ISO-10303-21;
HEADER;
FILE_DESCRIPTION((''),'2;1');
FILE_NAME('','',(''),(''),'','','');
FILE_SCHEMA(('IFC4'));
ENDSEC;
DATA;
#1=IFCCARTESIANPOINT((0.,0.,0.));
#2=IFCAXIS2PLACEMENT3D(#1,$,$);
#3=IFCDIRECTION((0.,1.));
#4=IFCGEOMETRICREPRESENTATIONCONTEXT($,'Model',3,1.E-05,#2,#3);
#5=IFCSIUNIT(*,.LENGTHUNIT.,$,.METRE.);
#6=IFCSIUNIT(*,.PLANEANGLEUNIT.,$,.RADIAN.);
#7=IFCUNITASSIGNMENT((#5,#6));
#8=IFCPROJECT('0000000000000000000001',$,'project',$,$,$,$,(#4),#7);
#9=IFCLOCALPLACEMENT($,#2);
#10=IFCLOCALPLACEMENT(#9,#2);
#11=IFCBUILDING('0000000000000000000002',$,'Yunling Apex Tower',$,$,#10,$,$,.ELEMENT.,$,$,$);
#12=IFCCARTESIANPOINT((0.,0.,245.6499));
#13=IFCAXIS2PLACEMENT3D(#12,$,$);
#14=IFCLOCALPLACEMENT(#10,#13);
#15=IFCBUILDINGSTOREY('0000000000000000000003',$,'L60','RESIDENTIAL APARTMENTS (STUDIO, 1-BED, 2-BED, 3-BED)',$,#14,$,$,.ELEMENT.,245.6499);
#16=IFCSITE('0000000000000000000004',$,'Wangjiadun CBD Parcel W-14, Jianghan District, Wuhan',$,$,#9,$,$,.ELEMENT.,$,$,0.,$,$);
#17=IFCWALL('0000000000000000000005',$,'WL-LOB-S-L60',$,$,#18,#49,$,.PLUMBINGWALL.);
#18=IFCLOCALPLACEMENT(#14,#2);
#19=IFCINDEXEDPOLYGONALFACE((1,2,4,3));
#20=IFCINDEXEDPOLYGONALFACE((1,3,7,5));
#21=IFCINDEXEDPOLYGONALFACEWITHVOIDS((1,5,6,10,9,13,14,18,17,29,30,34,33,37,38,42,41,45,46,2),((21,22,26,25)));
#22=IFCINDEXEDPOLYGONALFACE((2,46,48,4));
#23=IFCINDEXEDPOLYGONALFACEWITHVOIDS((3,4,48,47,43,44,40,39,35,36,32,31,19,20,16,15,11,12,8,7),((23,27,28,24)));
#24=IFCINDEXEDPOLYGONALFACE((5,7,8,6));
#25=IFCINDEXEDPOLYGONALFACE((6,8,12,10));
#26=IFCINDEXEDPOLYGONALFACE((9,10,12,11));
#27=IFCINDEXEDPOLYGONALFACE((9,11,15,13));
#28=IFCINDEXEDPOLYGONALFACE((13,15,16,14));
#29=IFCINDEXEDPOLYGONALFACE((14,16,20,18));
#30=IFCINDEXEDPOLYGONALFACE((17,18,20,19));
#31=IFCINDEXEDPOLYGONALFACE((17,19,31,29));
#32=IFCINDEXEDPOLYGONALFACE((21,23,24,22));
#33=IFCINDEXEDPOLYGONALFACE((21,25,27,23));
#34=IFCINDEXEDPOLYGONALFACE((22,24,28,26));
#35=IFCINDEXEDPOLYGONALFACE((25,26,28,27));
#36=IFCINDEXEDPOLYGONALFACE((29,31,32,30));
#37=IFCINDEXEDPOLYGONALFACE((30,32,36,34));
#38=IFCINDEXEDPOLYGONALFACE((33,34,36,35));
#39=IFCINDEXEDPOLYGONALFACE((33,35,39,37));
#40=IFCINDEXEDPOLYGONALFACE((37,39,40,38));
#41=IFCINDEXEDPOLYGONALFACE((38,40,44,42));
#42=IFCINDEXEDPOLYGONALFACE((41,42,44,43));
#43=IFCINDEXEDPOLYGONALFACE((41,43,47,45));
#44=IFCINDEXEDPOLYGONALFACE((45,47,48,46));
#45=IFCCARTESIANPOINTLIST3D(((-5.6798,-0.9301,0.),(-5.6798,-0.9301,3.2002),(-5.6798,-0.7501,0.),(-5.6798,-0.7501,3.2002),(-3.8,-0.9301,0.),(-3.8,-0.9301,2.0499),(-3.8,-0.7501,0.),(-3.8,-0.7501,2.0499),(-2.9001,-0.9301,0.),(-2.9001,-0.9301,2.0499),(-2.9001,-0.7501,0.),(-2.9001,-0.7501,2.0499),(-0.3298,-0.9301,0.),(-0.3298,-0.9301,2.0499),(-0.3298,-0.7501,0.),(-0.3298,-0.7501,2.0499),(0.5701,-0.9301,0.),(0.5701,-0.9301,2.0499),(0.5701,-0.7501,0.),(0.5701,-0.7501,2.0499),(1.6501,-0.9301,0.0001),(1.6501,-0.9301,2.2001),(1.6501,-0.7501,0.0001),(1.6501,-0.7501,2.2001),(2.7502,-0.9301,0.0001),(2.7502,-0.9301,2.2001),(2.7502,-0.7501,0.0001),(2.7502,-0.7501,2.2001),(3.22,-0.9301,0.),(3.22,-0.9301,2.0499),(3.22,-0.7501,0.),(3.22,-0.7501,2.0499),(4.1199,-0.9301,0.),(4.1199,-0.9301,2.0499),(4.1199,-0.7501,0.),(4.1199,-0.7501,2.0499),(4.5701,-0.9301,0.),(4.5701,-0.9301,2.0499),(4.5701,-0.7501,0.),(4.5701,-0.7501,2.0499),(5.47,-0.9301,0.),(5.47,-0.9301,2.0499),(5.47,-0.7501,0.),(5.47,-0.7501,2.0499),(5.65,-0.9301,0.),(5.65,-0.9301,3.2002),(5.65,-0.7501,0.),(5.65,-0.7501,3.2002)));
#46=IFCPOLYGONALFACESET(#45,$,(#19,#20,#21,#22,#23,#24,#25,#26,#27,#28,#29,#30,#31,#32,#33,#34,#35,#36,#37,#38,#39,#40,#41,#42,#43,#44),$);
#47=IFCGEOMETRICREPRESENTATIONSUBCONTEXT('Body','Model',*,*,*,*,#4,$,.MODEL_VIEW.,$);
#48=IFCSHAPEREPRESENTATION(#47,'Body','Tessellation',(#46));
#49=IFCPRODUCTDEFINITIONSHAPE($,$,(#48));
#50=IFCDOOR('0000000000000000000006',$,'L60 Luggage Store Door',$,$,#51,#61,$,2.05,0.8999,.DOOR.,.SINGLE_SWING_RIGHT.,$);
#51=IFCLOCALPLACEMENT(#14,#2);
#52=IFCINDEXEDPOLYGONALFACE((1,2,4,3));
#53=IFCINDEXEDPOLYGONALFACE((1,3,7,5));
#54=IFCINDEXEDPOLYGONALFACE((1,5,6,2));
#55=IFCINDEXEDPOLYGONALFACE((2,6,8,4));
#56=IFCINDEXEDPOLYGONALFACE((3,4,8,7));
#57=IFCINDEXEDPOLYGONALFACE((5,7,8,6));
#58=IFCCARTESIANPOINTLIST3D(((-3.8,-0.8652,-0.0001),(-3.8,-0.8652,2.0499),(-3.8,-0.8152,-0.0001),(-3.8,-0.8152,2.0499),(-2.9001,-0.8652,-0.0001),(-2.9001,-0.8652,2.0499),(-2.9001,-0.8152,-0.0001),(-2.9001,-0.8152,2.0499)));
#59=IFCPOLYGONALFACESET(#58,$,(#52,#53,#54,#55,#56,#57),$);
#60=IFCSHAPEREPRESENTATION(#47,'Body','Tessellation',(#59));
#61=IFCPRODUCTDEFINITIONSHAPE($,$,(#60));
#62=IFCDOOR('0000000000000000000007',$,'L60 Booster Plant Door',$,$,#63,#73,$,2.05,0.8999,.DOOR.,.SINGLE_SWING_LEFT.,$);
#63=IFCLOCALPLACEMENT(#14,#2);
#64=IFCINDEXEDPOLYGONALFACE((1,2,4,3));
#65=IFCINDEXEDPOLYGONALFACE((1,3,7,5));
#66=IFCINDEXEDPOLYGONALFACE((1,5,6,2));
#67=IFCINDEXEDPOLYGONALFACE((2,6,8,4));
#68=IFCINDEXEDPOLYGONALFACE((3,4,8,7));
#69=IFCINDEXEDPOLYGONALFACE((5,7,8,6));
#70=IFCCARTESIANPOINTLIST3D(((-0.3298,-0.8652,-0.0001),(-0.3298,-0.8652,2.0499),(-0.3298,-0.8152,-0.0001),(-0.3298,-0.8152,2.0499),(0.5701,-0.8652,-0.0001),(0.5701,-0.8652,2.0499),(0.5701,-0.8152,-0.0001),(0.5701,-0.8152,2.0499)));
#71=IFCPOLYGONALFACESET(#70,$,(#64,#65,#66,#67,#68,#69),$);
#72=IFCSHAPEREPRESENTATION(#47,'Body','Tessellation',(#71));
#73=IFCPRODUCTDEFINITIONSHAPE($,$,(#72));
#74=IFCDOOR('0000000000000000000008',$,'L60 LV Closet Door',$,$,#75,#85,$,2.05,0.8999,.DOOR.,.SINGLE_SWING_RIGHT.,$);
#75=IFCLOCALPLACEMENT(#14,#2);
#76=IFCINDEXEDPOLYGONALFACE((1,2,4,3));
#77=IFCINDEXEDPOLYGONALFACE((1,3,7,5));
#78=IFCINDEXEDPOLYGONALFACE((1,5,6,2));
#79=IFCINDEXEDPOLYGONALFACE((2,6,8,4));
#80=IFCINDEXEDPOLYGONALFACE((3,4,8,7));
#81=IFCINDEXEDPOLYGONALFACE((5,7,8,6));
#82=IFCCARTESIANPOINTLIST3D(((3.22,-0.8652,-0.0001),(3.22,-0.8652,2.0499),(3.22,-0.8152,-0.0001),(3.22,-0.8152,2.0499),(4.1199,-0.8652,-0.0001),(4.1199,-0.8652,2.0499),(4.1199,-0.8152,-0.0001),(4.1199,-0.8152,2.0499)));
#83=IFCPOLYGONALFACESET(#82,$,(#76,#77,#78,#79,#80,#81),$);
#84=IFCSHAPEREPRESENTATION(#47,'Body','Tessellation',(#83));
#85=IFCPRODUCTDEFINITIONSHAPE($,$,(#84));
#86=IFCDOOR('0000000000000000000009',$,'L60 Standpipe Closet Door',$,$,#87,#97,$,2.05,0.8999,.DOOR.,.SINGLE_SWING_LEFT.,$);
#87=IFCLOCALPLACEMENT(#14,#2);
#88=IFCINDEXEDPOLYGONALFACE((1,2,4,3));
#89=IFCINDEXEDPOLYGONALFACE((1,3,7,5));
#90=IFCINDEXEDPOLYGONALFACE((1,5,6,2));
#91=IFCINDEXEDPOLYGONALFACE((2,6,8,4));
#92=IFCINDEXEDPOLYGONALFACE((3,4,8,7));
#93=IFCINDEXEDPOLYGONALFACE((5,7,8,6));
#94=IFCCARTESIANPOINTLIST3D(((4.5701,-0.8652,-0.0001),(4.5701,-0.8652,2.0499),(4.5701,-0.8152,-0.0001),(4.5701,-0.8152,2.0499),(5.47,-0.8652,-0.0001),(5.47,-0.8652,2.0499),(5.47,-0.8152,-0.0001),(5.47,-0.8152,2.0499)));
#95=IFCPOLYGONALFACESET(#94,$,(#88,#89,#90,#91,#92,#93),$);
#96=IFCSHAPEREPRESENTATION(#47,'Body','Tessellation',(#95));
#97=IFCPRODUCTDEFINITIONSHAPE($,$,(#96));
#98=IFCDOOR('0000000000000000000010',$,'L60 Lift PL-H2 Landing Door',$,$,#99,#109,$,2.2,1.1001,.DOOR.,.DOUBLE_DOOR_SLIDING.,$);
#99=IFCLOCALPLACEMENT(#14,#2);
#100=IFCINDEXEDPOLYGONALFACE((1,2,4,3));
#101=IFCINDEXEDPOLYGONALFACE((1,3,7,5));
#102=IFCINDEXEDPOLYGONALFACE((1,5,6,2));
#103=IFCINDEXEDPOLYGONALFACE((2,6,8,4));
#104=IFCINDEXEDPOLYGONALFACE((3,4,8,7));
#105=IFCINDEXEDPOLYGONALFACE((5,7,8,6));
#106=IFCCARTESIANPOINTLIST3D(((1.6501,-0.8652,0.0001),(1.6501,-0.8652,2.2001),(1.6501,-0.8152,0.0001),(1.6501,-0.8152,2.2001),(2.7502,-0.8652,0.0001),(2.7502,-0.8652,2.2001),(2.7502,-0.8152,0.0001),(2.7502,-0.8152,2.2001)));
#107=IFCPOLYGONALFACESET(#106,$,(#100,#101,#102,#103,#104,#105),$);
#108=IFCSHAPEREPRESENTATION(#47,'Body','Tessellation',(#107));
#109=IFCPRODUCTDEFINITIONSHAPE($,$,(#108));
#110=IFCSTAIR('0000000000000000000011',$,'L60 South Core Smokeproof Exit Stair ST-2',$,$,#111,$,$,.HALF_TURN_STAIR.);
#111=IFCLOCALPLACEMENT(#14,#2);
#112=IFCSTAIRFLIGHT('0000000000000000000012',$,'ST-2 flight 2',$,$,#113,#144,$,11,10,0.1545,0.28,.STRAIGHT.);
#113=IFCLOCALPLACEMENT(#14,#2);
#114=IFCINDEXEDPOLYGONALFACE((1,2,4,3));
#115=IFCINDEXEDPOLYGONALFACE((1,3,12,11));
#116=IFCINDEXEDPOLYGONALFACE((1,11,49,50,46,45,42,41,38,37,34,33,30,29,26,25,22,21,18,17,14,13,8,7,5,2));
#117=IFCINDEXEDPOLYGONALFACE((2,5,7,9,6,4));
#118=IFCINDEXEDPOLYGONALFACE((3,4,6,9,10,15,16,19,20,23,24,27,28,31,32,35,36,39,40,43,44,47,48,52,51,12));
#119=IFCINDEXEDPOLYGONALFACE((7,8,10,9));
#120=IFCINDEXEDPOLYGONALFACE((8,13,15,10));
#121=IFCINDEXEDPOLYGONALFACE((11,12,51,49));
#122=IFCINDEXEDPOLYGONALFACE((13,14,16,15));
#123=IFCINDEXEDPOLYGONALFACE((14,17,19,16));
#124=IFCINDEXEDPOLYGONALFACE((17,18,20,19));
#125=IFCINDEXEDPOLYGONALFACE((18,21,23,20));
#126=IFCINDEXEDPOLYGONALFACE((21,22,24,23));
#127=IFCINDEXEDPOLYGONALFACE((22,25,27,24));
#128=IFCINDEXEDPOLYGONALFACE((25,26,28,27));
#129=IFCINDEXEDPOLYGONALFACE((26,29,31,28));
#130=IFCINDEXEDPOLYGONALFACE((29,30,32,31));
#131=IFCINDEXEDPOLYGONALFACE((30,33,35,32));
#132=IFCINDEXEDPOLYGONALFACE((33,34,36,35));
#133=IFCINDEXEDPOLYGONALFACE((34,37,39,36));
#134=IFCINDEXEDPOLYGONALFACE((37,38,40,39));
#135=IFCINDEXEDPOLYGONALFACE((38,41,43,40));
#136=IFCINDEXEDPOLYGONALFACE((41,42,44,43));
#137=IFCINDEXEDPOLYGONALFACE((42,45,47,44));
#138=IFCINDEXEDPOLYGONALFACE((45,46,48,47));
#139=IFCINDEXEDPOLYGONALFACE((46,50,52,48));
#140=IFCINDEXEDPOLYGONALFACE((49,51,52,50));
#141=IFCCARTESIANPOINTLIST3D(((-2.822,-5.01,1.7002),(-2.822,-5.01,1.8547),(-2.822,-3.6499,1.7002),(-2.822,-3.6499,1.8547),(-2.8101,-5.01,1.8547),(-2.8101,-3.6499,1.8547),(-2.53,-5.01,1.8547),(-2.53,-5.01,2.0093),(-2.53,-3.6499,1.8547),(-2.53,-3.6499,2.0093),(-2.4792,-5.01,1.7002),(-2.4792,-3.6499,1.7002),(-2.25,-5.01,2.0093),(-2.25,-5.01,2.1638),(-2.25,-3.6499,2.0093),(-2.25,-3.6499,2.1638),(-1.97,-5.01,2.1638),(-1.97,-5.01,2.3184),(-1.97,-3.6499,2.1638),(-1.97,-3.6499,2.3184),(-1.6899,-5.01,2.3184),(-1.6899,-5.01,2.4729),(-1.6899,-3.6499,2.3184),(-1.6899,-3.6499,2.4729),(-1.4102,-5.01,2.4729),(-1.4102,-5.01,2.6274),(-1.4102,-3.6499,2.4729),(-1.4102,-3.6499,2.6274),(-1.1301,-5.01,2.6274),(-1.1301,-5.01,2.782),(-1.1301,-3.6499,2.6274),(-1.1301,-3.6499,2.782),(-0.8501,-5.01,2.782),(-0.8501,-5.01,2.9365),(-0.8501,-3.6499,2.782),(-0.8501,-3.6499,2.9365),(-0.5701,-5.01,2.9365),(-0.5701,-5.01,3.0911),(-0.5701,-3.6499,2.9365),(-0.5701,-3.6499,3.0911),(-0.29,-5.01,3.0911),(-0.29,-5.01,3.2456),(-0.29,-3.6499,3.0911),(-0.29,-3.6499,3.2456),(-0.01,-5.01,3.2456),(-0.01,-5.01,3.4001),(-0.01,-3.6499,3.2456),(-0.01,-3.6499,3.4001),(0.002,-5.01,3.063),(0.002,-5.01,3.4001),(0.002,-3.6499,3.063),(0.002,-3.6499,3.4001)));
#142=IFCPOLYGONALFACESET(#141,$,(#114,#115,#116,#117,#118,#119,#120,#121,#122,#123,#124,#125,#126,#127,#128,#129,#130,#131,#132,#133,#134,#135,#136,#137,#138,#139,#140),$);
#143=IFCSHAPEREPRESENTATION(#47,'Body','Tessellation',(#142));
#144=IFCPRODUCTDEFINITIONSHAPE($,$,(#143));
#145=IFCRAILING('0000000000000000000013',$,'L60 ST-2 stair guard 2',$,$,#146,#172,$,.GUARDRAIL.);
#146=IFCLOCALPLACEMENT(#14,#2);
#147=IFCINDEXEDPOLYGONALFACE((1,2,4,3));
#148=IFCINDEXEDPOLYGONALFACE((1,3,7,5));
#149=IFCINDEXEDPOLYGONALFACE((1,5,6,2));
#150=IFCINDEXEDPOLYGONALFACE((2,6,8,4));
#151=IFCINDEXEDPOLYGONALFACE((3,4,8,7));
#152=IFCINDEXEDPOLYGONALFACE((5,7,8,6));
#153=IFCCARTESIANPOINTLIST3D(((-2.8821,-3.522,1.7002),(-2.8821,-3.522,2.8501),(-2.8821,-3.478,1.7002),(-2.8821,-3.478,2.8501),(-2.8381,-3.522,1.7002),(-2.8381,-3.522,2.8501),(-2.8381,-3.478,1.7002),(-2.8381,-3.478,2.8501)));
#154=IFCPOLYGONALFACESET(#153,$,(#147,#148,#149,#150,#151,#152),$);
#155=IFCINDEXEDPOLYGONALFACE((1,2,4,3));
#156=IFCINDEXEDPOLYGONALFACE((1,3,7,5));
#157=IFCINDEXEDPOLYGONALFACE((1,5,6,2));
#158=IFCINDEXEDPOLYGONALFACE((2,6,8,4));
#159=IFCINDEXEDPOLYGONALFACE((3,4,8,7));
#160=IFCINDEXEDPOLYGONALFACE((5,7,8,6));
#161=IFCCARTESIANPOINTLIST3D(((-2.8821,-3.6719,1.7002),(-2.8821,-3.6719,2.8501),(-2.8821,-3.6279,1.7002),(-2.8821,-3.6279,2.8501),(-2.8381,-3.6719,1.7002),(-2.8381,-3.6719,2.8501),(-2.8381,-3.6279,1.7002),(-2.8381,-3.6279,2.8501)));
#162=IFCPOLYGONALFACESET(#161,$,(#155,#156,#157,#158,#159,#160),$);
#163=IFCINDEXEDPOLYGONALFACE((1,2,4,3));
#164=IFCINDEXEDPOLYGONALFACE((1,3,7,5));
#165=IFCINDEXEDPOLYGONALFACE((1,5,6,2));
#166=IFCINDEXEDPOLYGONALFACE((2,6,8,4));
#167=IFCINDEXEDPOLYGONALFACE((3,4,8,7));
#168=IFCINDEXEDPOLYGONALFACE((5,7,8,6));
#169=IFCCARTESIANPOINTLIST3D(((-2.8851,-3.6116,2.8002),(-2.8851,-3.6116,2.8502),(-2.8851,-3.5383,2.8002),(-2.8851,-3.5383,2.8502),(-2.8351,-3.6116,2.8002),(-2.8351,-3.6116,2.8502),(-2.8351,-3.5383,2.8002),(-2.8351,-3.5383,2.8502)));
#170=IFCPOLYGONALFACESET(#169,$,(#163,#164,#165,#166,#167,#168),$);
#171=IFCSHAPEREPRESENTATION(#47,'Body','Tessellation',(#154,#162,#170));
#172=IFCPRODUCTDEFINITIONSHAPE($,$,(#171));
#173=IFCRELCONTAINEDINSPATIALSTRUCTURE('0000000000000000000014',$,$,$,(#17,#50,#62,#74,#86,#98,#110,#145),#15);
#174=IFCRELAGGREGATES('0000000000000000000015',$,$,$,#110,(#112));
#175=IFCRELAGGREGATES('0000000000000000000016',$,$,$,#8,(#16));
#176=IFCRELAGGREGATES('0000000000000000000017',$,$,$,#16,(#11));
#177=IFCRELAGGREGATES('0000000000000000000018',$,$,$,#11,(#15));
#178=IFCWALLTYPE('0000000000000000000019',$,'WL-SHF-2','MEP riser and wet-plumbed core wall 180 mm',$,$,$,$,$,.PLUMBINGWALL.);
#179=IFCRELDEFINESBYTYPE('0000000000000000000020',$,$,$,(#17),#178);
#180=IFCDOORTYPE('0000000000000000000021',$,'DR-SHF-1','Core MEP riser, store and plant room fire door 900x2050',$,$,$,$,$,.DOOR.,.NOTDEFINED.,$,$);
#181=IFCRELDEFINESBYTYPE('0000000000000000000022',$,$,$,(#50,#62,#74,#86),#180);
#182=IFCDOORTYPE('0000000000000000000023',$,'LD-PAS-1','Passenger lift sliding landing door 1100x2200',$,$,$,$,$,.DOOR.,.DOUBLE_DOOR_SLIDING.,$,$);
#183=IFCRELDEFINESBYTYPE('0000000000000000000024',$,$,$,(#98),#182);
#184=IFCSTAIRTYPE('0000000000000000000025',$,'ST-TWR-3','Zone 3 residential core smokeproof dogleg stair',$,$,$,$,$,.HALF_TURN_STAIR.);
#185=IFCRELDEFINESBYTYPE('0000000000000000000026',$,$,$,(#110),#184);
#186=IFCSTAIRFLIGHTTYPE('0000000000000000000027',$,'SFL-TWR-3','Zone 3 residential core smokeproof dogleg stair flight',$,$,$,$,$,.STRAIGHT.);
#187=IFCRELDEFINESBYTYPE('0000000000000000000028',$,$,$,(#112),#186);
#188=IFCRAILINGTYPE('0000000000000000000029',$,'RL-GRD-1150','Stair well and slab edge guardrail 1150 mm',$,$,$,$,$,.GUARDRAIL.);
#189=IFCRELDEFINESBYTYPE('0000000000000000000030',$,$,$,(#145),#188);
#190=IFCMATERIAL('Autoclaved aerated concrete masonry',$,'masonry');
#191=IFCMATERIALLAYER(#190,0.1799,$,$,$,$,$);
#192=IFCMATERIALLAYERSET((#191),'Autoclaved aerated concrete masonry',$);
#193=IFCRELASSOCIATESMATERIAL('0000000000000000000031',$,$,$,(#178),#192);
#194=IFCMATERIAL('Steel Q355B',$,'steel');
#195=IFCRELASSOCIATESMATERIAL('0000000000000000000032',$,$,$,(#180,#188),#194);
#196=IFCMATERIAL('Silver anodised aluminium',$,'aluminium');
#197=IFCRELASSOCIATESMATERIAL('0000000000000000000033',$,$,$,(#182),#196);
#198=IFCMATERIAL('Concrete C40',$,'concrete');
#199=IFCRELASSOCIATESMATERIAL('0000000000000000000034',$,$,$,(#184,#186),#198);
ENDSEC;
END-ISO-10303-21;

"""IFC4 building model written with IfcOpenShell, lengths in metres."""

from ifc_helpers import new_model, si_unit, direction, frame, frame_2d, origin, origin_2d, place, context, subcontext, project, spatial, polyline, rectangle, outline, extrude, material, layer, layer_set, type_object, element, fill, aggregate, save


model = new_model("IFC4")

# Units and contexts
model_context = context("Model", 3, precision=1e-05, world=origin(), true_north=direction((0.0, 1.0)))
body_context = subcontext(model_context, "Body", "Model", "MODEL_VIEW")
ifc_project = project(units=[si_unit("LENGTHUNIT", "METRE"), si_unit("PLANEANGLEUNIT", "RADIAN")], contexts=[model_context])

# Site, building, storey
site_placement = place(None, origin())
site = spatial("IfcSite", under=ifc_project, at=site_placement, Name="Wangjiadun CBD Parcel W-14, Jianghan District, Wuhan", CompositionType="ELEMENT", RefElevation=0.0)
building_placement = place(site_placement, origin())
building = spatial("IfcBuilding", under=site, at=building_placement, Name="Yunling Apex Tower", CompositionType="ELEMENT")
storey_placement = place(building_placement, frame((0.0, 0.0, 245.6499)))
storey = spatial("IfcBuildingStorey", under=building, at=storey_placement, Name="L60", Description="RESIDENTIAL APARTMENTS (STUDIO, 1-BED, 2-BED, 3-BED)", CompositionType="ELEMENT", Elevation=245.6499)

# Shared definitions
ifc_material_1 = material(Name="Steel Q355B", Category="steel")
ifc_material_2 = material(Name="Concrete C40", Category="concrete")

# Shared definitions
ifc_material_3 = material(Name="Autoclaved aerated concrete masonry", Category="masonry")

# Wall, openings, doors
ifc_layer_1 = layer(ifc_material_3, 0.1799)
ifc_layer_set_1 = layer_set([ifc_layer_1], Name="Autoclaved aerated concrete masonry")
wall_type_1 = type_object("IfcWallType", Name="WL-SHF-2", Description="MEP riser and wet-plumbed core wall 180 mm", PredefinedType="PLUMBINGWALL", material=ifc_layer_set_1)
door_type_1 = type_object("IfcDoorType", Name="DR-SHF-1", Description="Core MEP riser, store and plant room fire door 900x2050", OperationType="NOTDEFINED", PredefinedType="DOOR", material=ifc_material_1)
ifc_material_4 = material(Name="Silver anodised aluminium", Category="aluminium")
door_type_2 = type_object("IfcDoorType", Name="LD-PAS-1", Description="Passenger lift sliding landing door 1100x2200", OperationType="DOUBLE_DOOR_SLIDING", PredefinedType="DOOR", material=ifc_material_4)
wall_1_placement = place(storey_placement, frame((-5.6799, -0.8401, 0.0), z_axis=(0.0, 0.0, 1.0), x_axis=(1.0, 0.0, 0.0)))
wall_1 = element("IfcWall", 1, at=wall_1_placement, inside=storey, type_object=wall_type_1, Name="WL-LOB-S-L60", PredefinedType="PLUMBINGWALL", context=body_context, shape_type="SweptSolid", body=[
    extrude(rectangle(XDim=11.3298, YDim=0.1799, at=frame_2d((5.665, 0.0))), origin(), (0.0, 0.0, 1.0), 3.2002),
])
opening_1_placement = place(wall_1_placement, frame((1.8799, 0.0, 0.0)))
opening_1 = element("IfcOpeningElement", 2, at=opening_1_placement, cuts=wall_1, PredefinedType="OPENING", context=body_context, shape_type="SweptSolid", body=[
    extrude(rectangle(XDim=0.8999, YDim=2.05, at=frame_2d((0.45, 1.0249))), frame((0.0, 0.1001, 0.0), z_axis=(0.0, -1.0, 0.0), x_axis=(1.0, 0.0, 0.0)), (0.0, 0.0, 1.0), 0.2),
])
opening_2_placement = place(wall_1_placement, frame((5.3501, 0.0, 0.0)))
opening_2 = element("IfcOpeningElement", 3, at=opening_2_placement, cuts=wall_1, PredefinedType="OPENING", context=body_context, shape_type="SweptSolid", body=[
    extrude(rectangle(XDim=0.8999, YDim=2.05, at=frame_2d((0.45, 1.0249))), frame((0.0, 0.1001, 0.0), z_axis=(0.0, -1.0, 0.0), x_axis=(1.0, 0.0, 0.0)), (0.0, 0.0, 1.0), 0.2),
])
opening_3_placement = place(wall_1_placement, frame((7.3301, 0.0, 0.0)))
opening_3 = element("IfcOpeningElement", 4, at=opening_3_placement, cuts=wall_1, PredefinedType="OPENING", context=body_context, shape_type="SweptSolid", body=[
    extrude(rectangle(XDim=1.1001, YDim=2.2, at=frame_2d((0.55, 1.1001))), frame((0.0, 0.1001, 0.0), z_axis=(0.0, -1.0, 0.0), x_axis=(1.0, 0.0, 0.0)), (0.0, 0.0, 1.0), 0.2),
])
opening_4_placement = place(wall_1_placement, frame((8.8999, 0.0, 0.0)))
opening_4 = element("IfcOpeningElement", 5, at=opening_4_placement, cuts=wall_1, PredefinedType="OPENING", context=body_context, shape_type="SweptSolid", body=[
    extrude(rectangle(XDim=0.8999, YDim=2.05, at=frame_2d((0.45, 1.0249))), frame((0.0, 0.1001, 0.0), z_axis=(0.0, -1.0, 0.0), x_axis=(1.0, 0.0, 0.0)), (0.0, 0.0, 1.0), 0.2),
])
opening_5_placement = place(wall_1_placement, frame((10.25, 0.0, 0.0)))
opening_5 = element("IfcOpeningElement", 6, at=opening_5_placement, cuts=wall_1, PredefinedType="OPENING", context=body_context, shape_type="SweptSolid", body=[
    extrude(rectangle(XDim=0.8999, YDim=2.05, at=frame_2d((0.45, 1.0249))), frame((0.0, 0.1001, 0.0), z_axis=(0.0, -1.0, 0.0), x_axis=(1.0, 0.0, 0.0)), (0.0, 0.0, 1.0), 0.2),
])
door_1_placement = place(opening_1_placement, origin())
door_1 = element("IfcDoor", 7, at=door_1_placement, inside=storey, type_object=door_type_1, Name="L60 Luggage Store Door", OperationType="SINGLE_SWING_RIGHT", OverallHeight=2.05, OverallWidth=0.8999, PredefinedType="DOOR", context=body_context, shape_type="SweptSolid", body=[
    extrude(rectangle(XDim=0.8999, YDim=2.05, at=frame_2d((0.45, 1.0249))), frame((0.0, 0.0249, 0.0), z_axis=(0.0, -1.0, 0.0), x_axis=(1.0, 0.0, 0.0)), (0.0, 0.0, 1.0), 0.05),
])
fill(opening_1, door_1)
door_2_placement = place(opening_2_placement, origin())
door_2 = element("IfcDoor", 8, at=door_2_placement, inside=storey, type_object=door_type_1, Name="L60 Booster Plant Door", OperationType="SINGLE_SWING_LEFT", OverallHeight=2.05, OverallWidth=0.8999, PredefinedType="DOOR", context=body_context, shape_type="SweptSolid", body=[
    extrude(rectangle(XDim=0.8999, YDim=2.05, at=frame_2d((0.45, 1.0249))), frame((0.0, 0.0249, 0.0), z_axis=(0.0, -1.0, 0.0), x_axis=(1.0, 0.0, 0.0)), (0.0, 0.0, 1.0), 0.05),
])
fill(opening_2, door_2)
door_3_placement = place(opening_4_placement, origin())
door_3 = element("IfcDoor", 9, at=door_3_placement, inside=storey, type_object=door_type_1, Name="L60 LV Closet Door", OperationType="SINGLE_SWING_RIGHT", OverallHeight=2.05, OverallWidth=0.8999, PredefinedType="DOOR", context=body_context, shape_type="SweptSolid", body=[
    extrude(rectangle(XDim=0.8999, YDim=2.05, at=frame_2d((0.45, 1.0249))), frame((0.0, 0.0249, 0.0), z_axis=(0.0, -1.0, 0.0), x_axis=(1.0, 0.0, 0.0)), (0.0, 0.0, 1.0), 0.05),
])
fill(opening_4, door_3)
door_4_placement = place(opening_5_placement, origin())
door_4 = element("IfcDoor", 10, at=door_4_placement, inside=storey, type_object=door_type_1, Name="L60 Standpipe Closet Door", OperationType="SINGLE_SWING_LEFT", OverallHeight=2.05, OverallWidth=0.8999, PredefinedType="DOOR", context=body_context, shape_type="SweptSolid", body=[
    extrude(rectangle(XDim=0.8999, YDim=2.05, at=frame_2d((0.45, 1.0249))), frame((0.0, 0.0249, 0.0), z_axis=(0.0, -1.0, 0.0), x_axis=(1.0, 0.0, 0.0)), (0.0, 0.0, 1.0), 0.05),
])
fill(opening_5, door_4)
door_5_placement = place(opening_3_placement, origin())
door_5 = element("IfcDoor", 11, at=door_5_placement, inside=storey, type_object=door_type_2, Name="L60 Lift PL-H2 Landing Door", OperationType="DOUBLE_DOOR_SLIDING", OverallHeight=2.2, OverallWidth=1.1001, PredefinedType="DOOR", context=body_context, shape_type="SweptSolid", body=[
    extrude(rectangle(XDim=1.1001, YDim=2.2, at=frame_2d((0.55, 1.1001))), frame((0.0, 0.0249, 0.0), z_axis=(0.0, -1.0, 0.0), x_axis=(1.0, 0.0, 0.0)), (0.0, 0.0, 1.0), 0.05),
])
fill(opening_3, door_5)

# Stair, stair flight
stair_type = type_object("IfcStairType", Name="ST-TWR-3", Description="Zone 3 residential core smokeproof dogleg stair", PredefinedType="HALF_TURN_STAIR", material=ifc_material_2)
stair_placement = place(storey_placement, origin())
stair = element("IfcStair", 12, at=stair_placement, inside=storey, type_object=stair_type, Name="L60 South Core Smokeproof Exit Stair ST-2", PredefinedType="HALF_TURN_STAIR")
stair_flight_type = type_object("IfcStairFlightType", Name="SFL-TWR-3", Description="Zone 3 residential core smokeproof dogleg stair flight", PredefinedType="STRAIGHT", material=ifc_material_2)
stair_flight_placement = place(storey_placement, frame((-2.8101, -4.3301, 1.7002), z_axis=(0.0, 0.0, 1.0), x_axis=(1.0, 0.0, 0.0)))
stair_flight = element("IfcStairFlight", 13, at=stair_flight_placement, type_object=stair_flight_type, Name="ST-2 flight 2", NumberOfRisers=11, NumberOfTreads=10, PredefinedType="STRAIGHT", RiserHeight=0.1545, TreadLength=0.28, context=body_context, shape_type="SweptSolid", body=[
    extrude(outline(polyline([(-0.012, 0.0), (-0.012, 0.1545), (0.0, 0.1545), (0.28, 0.1545), (0.28, 0.3091), (0.5601, 0.3091), (0.5601, 0.4636), (0.8401, 0.4636), (0.8401, 0.6182), (1.1201, 0.6182), (1.1201, 0.7727), (1.3999, 0.7727), (1.3999, 0.9272), (1.6799, 0.9272), (1.6799, 1.0818), (1.96, 1.0818), (1.96, 1.2363), (2.24, 1.2363), (2.24, 1.3909), (2.52, 1.3909), (2.52, 1.5454), (2.8, 1.5454), (2.8, 1.7), (2.812, 1.7), (2.812, 1.3628), (0.3308, 0.0), (-0.012, 0.0)])), frame((0.0, 0.6802, 0.0), z_axis=(0.0, -1.0, 0.0), x_axis=(1.0, 0.0, 0.0)), (0.0, 0.0, 1.0), 1.3601),
])
aggregate(stair, [stair_flight])

# Railing
railing_type = type_object("IfcRailingType", Name="RL-GRD-1150", Description="Stair well and slab edge guardrail 1150 mm", PredefinedType="GUARDRAIL", material=ifc_material_1)
railing_placement = place(storey_placement, frame((-2.8601, -3.5, 1.7002)))
element("IfcRailing", 14, at=railing_placement, inside=storey, type_object=railing_type, Name="L60 ST-2 stair guard 2", PredefinedType="GUARDRAIL", context=body_context, shape_type="SweptSolid", body=[
    extrude(rectangle(XDim=0.0439, YDim=0.0439, at=origin_2d()), origin(), (0.0, 0.0, 1.0), 1.1499),
    extrude(rectangle(XDim=0.0439, YDim=0.0439, at=origin_2d()), frame((0.0, -0.1499, 0.0)), (0.0, 0.0, 1.0), 1.1499),
    extrude(rectangle(XDim=0.05, YDim=0.05, at=origin_2d()), frame((0.0, -0.0383, 1.125), z_axis=(0.0, -1.0, 0.0), x_axis=(1.0, 0.0, 0.0)), (0.0, 0.0, 1.0), 0.0732),
])

save(model, "model.ifc")
